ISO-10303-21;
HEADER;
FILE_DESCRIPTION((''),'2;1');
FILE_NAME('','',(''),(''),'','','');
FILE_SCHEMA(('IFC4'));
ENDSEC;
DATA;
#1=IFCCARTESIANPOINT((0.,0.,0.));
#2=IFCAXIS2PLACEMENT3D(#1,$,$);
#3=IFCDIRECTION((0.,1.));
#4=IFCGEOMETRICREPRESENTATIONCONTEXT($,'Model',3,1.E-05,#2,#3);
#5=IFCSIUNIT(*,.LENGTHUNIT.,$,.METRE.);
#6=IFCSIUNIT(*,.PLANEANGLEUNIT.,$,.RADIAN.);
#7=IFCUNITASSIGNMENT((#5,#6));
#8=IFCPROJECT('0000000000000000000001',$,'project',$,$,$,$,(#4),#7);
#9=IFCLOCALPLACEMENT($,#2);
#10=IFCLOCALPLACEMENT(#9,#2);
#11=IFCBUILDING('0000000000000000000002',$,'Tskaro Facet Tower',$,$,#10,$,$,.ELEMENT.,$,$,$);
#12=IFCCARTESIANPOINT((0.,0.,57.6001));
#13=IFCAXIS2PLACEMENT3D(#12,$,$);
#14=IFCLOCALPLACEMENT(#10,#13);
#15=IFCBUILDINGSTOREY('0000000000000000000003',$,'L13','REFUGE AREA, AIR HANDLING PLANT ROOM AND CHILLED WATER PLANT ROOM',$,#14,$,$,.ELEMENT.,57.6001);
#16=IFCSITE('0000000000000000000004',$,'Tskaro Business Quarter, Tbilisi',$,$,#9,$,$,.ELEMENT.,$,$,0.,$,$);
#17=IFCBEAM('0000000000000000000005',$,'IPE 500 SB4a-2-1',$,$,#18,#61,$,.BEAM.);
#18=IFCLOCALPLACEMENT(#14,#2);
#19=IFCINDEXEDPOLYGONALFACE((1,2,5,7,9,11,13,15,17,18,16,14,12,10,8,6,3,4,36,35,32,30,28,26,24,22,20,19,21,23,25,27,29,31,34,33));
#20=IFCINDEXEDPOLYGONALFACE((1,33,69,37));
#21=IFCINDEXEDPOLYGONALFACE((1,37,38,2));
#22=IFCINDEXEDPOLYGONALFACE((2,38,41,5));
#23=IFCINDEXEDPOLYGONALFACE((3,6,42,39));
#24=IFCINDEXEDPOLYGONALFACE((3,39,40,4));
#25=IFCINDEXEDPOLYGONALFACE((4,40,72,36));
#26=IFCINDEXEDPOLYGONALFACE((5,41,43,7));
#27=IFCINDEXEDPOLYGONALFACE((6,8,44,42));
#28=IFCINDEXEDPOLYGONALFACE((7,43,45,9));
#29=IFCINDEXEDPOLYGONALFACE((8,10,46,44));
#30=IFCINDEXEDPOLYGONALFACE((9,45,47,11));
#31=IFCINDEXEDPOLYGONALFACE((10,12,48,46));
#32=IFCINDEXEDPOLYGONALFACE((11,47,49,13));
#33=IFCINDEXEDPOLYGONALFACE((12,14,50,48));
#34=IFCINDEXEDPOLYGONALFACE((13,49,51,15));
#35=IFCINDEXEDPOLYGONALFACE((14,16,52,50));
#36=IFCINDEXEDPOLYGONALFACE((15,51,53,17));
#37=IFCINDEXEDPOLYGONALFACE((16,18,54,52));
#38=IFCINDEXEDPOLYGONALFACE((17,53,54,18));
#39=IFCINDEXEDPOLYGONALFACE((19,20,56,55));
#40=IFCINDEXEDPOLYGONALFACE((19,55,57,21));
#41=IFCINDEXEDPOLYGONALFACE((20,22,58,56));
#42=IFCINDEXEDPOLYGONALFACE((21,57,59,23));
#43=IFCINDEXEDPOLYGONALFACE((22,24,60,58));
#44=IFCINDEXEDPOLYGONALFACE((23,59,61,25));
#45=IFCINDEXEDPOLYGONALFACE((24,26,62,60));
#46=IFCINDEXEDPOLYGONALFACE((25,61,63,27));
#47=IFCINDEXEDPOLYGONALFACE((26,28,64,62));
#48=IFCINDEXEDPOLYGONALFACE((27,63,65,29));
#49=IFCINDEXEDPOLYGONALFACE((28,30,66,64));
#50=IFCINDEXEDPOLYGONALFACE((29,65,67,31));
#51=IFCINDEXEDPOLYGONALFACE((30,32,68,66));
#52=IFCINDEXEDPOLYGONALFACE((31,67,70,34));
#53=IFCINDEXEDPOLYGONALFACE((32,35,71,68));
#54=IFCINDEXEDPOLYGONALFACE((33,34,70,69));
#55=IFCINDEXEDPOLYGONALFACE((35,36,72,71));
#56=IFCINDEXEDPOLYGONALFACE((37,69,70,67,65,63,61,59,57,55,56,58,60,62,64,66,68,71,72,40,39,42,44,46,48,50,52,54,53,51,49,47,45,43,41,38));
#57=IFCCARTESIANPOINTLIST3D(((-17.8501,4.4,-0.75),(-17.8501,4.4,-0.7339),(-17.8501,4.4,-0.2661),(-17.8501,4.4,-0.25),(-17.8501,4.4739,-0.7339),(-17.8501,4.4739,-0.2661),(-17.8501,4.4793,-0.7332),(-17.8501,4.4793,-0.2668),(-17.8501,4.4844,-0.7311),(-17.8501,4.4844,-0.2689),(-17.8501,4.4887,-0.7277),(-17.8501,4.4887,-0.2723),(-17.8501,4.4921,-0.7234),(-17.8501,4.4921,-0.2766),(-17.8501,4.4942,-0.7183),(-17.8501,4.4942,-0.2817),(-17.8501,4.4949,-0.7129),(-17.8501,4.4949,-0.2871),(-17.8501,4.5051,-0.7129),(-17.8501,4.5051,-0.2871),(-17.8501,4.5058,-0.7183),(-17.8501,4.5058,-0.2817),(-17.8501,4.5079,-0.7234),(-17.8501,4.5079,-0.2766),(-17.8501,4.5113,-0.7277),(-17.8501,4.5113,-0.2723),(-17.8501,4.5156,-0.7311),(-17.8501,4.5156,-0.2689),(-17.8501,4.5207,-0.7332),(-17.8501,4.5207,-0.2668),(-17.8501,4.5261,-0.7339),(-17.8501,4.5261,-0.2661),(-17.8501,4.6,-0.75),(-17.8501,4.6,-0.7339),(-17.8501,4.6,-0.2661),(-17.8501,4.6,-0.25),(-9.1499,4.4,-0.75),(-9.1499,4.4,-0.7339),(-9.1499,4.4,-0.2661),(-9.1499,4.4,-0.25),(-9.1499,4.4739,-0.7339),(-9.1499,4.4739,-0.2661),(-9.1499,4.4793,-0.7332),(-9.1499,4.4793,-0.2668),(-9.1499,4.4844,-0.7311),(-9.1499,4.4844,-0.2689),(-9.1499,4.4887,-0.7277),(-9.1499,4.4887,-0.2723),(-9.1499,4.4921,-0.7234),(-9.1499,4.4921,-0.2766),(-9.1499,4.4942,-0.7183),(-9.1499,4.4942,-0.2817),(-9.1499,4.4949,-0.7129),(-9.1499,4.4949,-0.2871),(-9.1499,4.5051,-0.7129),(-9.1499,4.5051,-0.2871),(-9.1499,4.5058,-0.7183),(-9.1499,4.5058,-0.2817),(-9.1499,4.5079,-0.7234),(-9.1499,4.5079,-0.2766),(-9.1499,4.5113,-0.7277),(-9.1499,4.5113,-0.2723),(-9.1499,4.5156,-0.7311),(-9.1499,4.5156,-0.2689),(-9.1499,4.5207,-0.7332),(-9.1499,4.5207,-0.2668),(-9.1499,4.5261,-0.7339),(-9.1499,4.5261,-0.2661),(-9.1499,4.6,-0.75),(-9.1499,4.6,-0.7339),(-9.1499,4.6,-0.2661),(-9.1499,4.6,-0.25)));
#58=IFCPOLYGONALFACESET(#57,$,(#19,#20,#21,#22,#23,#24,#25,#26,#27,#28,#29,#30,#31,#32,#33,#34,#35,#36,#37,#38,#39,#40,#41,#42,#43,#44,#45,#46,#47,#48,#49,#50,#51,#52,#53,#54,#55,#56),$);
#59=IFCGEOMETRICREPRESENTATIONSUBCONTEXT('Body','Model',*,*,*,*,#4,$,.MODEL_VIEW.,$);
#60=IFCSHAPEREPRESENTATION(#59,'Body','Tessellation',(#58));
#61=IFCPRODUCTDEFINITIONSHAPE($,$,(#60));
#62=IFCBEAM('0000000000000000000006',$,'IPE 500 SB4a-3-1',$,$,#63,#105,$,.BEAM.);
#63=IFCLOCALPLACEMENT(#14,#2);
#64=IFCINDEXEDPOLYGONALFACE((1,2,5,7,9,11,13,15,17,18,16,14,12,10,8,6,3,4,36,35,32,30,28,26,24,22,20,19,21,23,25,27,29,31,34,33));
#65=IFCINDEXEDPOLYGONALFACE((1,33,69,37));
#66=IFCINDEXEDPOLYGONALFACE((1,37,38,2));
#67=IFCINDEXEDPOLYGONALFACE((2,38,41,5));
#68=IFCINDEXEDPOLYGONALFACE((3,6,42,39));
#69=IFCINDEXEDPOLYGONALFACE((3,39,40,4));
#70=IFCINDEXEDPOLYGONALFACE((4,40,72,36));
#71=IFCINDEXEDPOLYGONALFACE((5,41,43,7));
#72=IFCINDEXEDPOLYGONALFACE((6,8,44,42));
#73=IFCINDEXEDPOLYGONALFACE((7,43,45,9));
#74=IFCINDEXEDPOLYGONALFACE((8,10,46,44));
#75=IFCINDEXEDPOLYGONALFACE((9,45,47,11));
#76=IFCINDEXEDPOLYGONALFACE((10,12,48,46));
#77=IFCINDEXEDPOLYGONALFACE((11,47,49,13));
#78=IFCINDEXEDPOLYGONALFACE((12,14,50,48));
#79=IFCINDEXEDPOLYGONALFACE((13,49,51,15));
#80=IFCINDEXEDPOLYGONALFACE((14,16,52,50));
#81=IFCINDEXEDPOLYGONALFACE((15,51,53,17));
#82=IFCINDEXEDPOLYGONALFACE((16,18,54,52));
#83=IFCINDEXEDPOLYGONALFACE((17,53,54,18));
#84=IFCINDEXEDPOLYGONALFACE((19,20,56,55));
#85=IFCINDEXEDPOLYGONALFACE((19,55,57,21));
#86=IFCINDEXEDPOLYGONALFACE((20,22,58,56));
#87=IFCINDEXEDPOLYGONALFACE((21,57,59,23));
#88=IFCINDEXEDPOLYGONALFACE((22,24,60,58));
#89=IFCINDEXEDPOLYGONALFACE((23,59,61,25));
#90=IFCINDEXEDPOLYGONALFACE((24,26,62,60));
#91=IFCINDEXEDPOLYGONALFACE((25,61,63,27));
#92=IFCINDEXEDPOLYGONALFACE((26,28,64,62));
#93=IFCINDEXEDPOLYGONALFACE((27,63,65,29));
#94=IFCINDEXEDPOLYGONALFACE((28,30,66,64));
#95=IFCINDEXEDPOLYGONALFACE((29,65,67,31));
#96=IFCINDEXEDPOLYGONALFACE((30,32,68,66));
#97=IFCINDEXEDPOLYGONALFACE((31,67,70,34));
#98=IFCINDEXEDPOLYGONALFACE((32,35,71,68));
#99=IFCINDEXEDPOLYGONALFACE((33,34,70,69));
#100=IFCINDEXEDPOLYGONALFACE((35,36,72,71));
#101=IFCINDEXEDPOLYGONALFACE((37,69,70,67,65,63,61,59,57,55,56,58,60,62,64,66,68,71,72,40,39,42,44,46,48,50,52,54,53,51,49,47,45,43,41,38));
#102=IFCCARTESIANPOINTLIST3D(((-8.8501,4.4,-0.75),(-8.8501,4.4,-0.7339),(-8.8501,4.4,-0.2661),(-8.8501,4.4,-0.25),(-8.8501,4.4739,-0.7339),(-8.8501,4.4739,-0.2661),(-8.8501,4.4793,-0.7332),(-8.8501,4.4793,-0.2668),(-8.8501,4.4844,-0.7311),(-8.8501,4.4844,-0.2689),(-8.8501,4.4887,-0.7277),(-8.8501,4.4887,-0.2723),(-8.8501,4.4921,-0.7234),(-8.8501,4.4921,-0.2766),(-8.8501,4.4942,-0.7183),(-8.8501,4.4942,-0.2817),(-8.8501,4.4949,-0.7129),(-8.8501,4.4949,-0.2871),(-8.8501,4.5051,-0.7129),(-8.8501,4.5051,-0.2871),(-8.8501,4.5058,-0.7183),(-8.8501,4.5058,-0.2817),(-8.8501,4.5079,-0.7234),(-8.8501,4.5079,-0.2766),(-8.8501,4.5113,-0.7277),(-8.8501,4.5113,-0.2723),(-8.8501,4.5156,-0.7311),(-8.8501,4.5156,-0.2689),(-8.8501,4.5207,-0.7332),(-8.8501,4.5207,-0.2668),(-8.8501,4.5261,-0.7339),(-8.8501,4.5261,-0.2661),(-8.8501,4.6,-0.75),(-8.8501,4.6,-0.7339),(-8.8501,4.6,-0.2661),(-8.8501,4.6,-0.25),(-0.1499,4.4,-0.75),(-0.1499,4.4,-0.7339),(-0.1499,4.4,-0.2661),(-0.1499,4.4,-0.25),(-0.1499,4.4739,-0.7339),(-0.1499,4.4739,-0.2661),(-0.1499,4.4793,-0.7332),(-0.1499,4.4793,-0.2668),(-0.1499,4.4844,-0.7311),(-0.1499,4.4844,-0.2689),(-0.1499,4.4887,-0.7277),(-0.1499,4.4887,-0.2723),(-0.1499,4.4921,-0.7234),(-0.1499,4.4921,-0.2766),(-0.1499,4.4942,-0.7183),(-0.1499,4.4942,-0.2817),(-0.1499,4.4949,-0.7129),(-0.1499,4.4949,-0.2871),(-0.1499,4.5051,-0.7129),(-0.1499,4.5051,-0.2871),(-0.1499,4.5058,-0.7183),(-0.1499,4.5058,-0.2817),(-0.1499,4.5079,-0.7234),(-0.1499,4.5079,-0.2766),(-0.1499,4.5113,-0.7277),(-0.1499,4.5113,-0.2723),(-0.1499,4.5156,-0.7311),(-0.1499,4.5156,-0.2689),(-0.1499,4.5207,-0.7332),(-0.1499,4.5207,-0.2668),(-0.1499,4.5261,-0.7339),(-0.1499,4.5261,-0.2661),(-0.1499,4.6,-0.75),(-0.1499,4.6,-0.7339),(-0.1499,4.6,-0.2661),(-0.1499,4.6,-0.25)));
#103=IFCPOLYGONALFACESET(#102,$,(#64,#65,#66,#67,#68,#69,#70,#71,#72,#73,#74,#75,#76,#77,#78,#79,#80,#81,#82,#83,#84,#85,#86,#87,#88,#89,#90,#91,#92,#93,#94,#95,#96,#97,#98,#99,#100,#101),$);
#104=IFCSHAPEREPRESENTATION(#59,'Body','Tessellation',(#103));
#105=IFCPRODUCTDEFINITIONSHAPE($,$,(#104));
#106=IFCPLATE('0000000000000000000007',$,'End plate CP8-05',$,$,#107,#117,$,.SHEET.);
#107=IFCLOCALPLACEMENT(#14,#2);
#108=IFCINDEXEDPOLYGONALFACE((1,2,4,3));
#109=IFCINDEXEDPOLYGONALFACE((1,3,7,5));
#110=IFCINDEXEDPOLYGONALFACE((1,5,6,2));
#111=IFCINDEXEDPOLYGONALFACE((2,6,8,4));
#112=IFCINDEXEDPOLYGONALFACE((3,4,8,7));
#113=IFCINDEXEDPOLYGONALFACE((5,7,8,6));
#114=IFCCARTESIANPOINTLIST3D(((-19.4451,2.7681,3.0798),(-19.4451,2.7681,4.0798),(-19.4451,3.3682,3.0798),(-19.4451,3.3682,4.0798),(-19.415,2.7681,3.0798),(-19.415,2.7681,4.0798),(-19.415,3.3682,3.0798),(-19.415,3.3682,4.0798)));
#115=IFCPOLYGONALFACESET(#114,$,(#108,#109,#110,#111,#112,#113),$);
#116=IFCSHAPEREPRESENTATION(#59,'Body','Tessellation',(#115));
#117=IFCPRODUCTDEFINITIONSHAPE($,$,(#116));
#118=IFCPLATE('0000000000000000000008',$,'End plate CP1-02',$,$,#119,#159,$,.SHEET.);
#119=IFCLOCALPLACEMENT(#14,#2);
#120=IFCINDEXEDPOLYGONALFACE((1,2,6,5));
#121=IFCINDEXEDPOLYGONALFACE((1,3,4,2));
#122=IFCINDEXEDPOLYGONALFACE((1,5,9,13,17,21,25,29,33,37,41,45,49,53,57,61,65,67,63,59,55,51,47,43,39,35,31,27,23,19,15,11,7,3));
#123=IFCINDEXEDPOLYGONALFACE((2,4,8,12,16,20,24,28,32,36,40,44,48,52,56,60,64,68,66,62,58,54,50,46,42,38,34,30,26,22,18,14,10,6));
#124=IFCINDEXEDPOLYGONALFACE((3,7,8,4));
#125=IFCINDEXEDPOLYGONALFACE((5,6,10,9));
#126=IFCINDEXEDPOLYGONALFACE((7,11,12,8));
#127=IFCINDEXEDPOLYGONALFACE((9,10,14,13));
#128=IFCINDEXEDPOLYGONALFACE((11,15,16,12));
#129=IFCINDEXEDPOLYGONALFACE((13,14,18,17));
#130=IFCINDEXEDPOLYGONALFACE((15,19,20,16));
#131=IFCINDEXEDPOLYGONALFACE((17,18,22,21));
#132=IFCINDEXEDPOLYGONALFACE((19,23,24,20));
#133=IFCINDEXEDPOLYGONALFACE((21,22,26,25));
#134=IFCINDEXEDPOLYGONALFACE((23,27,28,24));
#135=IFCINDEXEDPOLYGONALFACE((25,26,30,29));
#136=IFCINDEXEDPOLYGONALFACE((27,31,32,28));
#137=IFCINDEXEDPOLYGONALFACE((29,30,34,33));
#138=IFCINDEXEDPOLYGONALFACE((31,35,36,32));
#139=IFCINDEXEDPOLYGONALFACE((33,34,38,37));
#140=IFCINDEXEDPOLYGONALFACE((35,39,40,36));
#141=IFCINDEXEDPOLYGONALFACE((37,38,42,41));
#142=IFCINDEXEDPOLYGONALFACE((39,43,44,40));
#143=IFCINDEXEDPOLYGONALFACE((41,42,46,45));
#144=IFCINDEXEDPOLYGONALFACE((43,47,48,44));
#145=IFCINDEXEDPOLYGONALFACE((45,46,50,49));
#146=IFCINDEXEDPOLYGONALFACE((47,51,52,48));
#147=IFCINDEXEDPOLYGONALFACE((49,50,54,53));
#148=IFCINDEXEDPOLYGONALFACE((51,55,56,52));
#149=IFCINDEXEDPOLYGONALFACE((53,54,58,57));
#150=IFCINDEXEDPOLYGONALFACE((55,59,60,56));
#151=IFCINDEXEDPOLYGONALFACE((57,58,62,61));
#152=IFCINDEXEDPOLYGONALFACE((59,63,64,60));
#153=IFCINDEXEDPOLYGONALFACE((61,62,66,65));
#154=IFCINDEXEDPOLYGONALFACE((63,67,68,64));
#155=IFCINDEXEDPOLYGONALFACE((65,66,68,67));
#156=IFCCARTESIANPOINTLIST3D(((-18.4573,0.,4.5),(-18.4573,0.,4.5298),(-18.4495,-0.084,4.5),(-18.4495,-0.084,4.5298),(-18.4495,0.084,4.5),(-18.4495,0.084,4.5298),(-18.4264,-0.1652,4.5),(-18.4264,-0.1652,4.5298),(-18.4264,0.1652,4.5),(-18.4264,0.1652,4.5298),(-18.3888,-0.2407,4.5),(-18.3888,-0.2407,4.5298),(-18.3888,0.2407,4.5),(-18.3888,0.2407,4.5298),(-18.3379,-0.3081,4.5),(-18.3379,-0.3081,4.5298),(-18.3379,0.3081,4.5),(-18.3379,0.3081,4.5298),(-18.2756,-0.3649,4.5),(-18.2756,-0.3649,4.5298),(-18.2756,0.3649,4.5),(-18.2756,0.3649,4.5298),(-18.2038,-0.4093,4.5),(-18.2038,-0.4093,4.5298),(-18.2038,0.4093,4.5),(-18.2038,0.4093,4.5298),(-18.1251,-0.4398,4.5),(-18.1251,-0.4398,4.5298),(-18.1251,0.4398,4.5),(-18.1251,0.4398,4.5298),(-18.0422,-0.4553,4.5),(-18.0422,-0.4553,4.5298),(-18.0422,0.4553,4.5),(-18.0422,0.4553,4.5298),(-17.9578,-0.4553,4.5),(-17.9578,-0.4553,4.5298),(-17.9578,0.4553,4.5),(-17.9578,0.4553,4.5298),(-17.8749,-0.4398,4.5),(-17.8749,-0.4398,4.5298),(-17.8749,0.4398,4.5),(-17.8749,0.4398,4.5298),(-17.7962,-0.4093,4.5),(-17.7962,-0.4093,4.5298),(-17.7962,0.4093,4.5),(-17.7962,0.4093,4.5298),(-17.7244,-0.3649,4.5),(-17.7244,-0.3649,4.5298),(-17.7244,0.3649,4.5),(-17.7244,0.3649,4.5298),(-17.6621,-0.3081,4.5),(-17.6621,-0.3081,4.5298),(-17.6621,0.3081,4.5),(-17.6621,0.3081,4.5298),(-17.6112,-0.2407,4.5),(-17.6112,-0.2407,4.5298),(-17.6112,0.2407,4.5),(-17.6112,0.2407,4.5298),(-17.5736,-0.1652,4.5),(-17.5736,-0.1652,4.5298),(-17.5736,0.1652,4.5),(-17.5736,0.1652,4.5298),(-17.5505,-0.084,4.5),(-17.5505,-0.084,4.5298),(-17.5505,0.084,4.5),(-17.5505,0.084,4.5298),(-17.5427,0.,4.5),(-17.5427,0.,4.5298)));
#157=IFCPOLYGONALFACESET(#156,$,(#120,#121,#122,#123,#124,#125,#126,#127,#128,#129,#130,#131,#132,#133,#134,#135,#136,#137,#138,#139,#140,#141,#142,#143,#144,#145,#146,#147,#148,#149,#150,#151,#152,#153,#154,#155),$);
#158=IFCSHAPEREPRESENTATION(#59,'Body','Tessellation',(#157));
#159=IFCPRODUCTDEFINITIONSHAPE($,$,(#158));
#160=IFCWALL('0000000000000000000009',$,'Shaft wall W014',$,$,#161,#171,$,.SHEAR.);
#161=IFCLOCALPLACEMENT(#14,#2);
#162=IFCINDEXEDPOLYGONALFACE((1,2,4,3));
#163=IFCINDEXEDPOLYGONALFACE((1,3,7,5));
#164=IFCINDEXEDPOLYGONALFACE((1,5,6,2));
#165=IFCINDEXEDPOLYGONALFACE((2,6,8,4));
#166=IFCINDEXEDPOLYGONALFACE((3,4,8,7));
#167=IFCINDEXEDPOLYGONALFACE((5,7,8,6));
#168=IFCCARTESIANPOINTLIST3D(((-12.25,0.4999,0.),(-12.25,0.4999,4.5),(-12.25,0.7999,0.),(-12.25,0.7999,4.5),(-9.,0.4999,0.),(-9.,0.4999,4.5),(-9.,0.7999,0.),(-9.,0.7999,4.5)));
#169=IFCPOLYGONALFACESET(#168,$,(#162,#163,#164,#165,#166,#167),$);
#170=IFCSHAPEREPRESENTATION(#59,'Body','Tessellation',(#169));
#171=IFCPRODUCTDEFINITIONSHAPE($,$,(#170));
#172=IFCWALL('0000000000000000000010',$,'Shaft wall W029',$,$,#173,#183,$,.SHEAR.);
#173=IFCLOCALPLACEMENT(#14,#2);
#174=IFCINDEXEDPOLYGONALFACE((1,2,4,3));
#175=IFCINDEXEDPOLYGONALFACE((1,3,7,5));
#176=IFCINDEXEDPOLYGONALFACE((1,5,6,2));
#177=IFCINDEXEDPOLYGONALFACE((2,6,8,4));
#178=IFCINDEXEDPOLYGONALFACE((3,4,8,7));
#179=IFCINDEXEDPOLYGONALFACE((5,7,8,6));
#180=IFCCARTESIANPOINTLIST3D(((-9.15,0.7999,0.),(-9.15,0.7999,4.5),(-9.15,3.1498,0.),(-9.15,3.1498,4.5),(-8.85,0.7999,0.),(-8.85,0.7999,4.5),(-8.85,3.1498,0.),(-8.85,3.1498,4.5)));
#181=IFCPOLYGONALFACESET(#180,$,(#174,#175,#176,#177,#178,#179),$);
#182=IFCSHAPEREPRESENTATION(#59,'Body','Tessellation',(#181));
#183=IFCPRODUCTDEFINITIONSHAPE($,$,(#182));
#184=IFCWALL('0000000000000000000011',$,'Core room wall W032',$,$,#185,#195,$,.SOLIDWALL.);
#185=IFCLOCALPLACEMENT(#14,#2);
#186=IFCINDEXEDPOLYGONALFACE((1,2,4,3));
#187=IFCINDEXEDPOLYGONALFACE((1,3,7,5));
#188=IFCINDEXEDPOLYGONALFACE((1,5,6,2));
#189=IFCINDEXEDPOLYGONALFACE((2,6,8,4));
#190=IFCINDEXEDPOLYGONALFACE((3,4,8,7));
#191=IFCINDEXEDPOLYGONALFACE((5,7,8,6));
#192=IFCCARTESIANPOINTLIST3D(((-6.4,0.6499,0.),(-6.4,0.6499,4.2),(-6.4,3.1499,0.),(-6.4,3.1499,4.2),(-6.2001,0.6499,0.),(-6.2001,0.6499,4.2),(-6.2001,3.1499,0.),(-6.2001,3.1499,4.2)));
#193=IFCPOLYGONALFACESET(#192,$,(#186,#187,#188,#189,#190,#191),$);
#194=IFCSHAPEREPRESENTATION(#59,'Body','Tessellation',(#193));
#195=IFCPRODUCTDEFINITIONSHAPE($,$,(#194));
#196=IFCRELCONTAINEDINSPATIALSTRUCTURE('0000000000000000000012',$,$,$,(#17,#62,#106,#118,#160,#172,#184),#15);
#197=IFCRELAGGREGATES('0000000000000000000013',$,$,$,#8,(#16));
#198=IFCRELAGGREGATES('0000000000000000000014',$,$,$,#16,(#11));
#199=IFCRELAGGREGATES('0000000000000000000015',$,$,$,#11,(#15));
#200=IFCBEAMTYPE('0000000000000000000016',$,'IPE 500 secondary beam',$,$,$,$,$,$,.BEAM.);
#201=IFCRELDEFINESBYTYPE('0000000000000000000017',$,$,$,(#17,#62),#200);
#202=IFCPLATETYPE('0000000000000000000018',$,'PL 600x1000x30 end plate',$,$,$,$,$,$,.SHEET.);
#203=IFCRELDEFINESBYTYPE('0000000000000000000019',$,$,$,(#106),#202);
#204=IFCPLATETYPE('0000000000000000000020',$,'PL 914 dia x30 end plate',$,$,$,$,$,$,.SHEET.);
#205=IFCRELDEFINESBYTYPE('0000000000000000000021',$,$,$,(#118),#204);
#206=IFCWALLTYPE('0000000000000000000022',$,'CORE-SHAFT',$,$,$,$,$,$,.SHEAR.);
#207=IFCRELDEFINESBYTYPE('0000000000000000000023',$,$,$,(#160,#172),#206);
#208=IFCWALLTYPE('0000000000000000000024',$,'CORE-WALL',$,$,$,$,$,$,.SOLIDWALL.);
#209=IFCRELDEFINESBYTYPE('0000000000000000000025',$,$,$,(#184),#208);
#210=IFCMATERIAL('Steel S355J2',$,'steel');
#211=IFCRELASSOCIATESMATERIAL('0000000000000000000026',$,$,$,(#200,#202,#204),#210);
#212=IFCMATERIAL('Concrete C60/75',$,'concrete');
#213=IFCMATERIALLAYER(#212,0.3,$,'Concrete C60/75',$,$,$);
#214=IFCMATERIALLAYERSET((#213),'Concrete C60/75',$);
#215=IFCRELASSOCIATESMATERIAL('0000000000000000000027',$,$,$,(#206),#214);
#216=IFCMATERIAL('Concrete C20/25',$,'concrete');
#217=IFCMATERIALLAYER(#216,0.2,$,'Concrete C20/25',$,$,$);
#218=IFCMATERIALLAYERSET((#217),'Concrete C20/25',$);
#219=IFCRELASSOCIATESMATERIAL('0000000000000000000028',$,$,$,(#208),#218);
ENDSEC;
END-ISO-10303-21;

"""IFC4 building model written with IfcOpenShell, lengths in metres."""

from ifc_helpers import new_model, si_unit, direction, frame, frame_2d, origin, origin_2d, place, context, subcontext, project, spatial, rectangle, circle, i_section, extrude, material, layer, layer_set, material_profile, profile_set, type_object, element, save


model = new_model("IFC4")

# Units and contexts
model_context = context("Model", 3, precision=1e-05, world=origin(), true_north=direction((0.0, 1.0)))
body_context = subcontext(model_context, "Body", "Model", "MODEL_VIEW")
ifc_project = project(units=[si_unit("LENGTHUNIT", "METRE"), si_unit("PLANEANGLEUNIT", "RADIAN")], contexts=[model_context])

# Site, building, storey
site_placement = place(None, origin())
site = spatial("IfcSite", under=ifc_project, at=site_placement, Name="Tskaro Business Quarter, Tbilisi", CompositionType="ELEMENT", RefElevation=0.0)
building_placement = place(site_placement, origin())
building = spatial("IfcBuilding", under=site, at=building_placement, Name="Tskaro Facet Tower", CompositionType="ELEMENT")
storey_placement = place(building_placement, frame((0.0, 0.0, 57.6001)))
storey = spatial("IfcBuildingStorey", under=building, at=storey_placement, Name="L13", Description="REFUGE AREA, AIR HANDLING PLANT ROOM AND CHILLED WATER PLANT ROOM", CompositionType="ELEMENT", Elevation=57.6001)

# Beams
ifc_material_1 = material(Name="Steel S355J2", Category="steel")
ifc_material_profile_1 = material_profile(ifc_material_1, i_section(OverallWidth=0.2, OverallDepth=0.5, WebThickness=0.0103, FlangeThickness=0.0161, FilletRadius=0.021, at=origin_2d()), Name="IPE 500")
ifc_profile_set_1 = profile_set([ifc_material_profile_1], Name="Steel S355J2")
beam_type_1 = type_object("IfcBeamType", Name="IPE 500 secondary beam", PredefinedType="BEAM", material=ifc_profile_set_1)
for number, where, z_axis, x_axis, name in (
    (1, (-17.8501, 4.5, -0.5), (1.0, 0.0, 0.0), (0.0, 1.0, 0.0), "IPE 500 SB4a-2-1"),
    (2, (-8.8501, 4.5, -0.5), (1.0, 0.0, 0.0), (0.0, 1.0, 0.0), "IPE 500 SB4a-3-1"),
):
    element("IfcBeam", number, at=place(storey_placement, frame(where, z_axis=z_axis, x_axis=x_axis)), inside=storey, type_object=beam_type_1, Name=name, PredefinedType="BEAM", context=body_context, shape_type="SweptSolid", body=[
        extrude(i_section(OverallWidth=0.2, OverallDepth=0.5, WebThickness=0.0103, FlangeThickness=0.0161, FilletRadius=0.021, at=origin_2d()), origin(), (0.0, 0.0, 1.0), 8.7002),
    ])

# Plates
ifc_material_profile_2 = material_profile(ifc_material_1, rectangle(XDim=0.6001, YDim=1.0, at=origin_2d()), Name="PL 600x1000x30 end plate")
ifc_profile_set_2 = profile_set([ifc_material_profile_2], Name="Steel S355J2")
plate_type_1 = type_object("IfcPlateType", Name="PL 600x1000x30 end plate", PredefinedType="SHEET", material=ifc_profile_set_2)
plate_1_placement = place(storey_placement, frame((-19.415, 3.0681, 3.5798), z_axis=(-1.0, 0.0, 0.0), x_axis=(0.0, -1.0, 0.0)))
element("IfcPlate", 3, at=plate_1_placement, inside=storey, type_object=plate_type_1, Name="End plate CP8-05", PredefinedType="SHEET", context=body_context, shape_type="SweptSolid", body=[
    extrude(rectangle(XDim=0.6001, YDim=1.0, at=origin_2d()), origin(), (0.0, 0.0, 1.0), 0.03),
])
ifc_material_profile_3 = material_profile(ifc_material_1, circle(Radius=0.4573, at=origin_2d()), Name="PL 914 dia x30 end plate")
ifc_profile_set_3 = profile_set([ifc_material_profile_3], Name="Steel S355J2")
plate_type_2 = type_object("IfcPlateType", Name="PL 914 dia x30 end plate", PredefinedType="SHEET", material=ifc_profile_set_3)
plate_2_placement = place(storey_placement, frame((-18.0, 0.0, 4.5), z_axis=(0.0, 0.0, 1.0), x_axis=(1.0, 0.0, 0.0)))
element("IfcPlate", 4, at=plate_2_placement, inside=storey, type_object=plate_type_2, Name="End plate CP1-02", PredefinedType="SHEET", context=body_context, shape_type="SweptSolid", body=[
    extrude(circle(Radius=0.4573, at=origin_2d()), origin(), (0.0, 0.0, 1.0), 0.0298),
])

# Walls
ifc_material_2 = material(Name="Concrete C60/75", Category="concrete")
ifc_layer_1 = layer(ifc_material_2, 0.3, Name="Concrete C60/75")
ifc_layer_set_1 = layer_set([ifc_layer_1], Name="Concrete C60/75")
wall_type_1 = type_object("IfcWallType", Name="CORE-SHAFT", PredefinedType="SHEAR", material=ifc_layer_set_1)
wall_1_placement = place(storey_placement, frame((-9.0, 0.6499, 0.0), z_axis=(0.0, 0.0, 1.0), x_axis=(-1.0, 0.0, 0.0)))
element("IfcWall", 5, at=wall_1_placement, inside=storey, type_object=wall_type_1, Name="Shaft wall W014", PredefinedType="SHEAR", context=body_context, shape_type="SweptSolid", body=[
    extrude(rectangle(XDim=3.25, YDim=0.3, at=frame_2d((1.625, 0.0))), origin(), (0.0, 0.0, 1.0), 4.5),
])
wall_2_placement = place(storey_placement, frame((-9.0, 0.8, 0.0), z_axis=(0.0, 0.0, 1.0), x_axis=(0.0, 1.0, 0.0)))
element("IfcWall", 6, at=wall_2_placement, inside=storey, type_object=wall_type_1, Name="Shaft wall W029", PredefinedType="SHEAR", context=body_context, shape_type="SweptSolid", body=[
    extrude(rectangle(XDim=2.3499, YDim=0.3, at=frame_2d((1.1748, 0.0))), origin(), (0.0, 0.0, 1.0), 4.5),
])
ifc_material_3 = material(Name="Concrete C20/25", Category="concrete")
ifc_layer_2 = layer(ifc_material_3, 0.2, Name="Concrete C20/25")
ifc_layer_set_2 = layer_set([ifc_layer_2], Name="Concrete C20/25")
wall_type_2 = type_object("IfcWallType", Name="CORE-WALL", PredefinedType="SOLIDWALL", material=ifc_layer_set_2)
for number, where, z_axis, x_axis, name in (
    (7, (-6.3, 0.6499, 0.0), (0.0, 0.0, 1.0), (0.0, 1.0, 0.0), "Core room wall W032"),
):
    element("IfcWall", number, at=place(storey_placement, frame(where, z_axis=z_axis, x_axis=x_axis)), inside=storey, type_object=wall_type_2, Name=name, PredefinedType="SOLIDWALL", context=body_context, shape_type="SweptSolid", body=[
        extrude(rectangle(XDim=2.5, YDim=0.2, at=frame_2d((1.25, 0.0))), origin(), (0.0, 0.0, 1.0), 4.2),
    ])

save(model, "model.ifc")
